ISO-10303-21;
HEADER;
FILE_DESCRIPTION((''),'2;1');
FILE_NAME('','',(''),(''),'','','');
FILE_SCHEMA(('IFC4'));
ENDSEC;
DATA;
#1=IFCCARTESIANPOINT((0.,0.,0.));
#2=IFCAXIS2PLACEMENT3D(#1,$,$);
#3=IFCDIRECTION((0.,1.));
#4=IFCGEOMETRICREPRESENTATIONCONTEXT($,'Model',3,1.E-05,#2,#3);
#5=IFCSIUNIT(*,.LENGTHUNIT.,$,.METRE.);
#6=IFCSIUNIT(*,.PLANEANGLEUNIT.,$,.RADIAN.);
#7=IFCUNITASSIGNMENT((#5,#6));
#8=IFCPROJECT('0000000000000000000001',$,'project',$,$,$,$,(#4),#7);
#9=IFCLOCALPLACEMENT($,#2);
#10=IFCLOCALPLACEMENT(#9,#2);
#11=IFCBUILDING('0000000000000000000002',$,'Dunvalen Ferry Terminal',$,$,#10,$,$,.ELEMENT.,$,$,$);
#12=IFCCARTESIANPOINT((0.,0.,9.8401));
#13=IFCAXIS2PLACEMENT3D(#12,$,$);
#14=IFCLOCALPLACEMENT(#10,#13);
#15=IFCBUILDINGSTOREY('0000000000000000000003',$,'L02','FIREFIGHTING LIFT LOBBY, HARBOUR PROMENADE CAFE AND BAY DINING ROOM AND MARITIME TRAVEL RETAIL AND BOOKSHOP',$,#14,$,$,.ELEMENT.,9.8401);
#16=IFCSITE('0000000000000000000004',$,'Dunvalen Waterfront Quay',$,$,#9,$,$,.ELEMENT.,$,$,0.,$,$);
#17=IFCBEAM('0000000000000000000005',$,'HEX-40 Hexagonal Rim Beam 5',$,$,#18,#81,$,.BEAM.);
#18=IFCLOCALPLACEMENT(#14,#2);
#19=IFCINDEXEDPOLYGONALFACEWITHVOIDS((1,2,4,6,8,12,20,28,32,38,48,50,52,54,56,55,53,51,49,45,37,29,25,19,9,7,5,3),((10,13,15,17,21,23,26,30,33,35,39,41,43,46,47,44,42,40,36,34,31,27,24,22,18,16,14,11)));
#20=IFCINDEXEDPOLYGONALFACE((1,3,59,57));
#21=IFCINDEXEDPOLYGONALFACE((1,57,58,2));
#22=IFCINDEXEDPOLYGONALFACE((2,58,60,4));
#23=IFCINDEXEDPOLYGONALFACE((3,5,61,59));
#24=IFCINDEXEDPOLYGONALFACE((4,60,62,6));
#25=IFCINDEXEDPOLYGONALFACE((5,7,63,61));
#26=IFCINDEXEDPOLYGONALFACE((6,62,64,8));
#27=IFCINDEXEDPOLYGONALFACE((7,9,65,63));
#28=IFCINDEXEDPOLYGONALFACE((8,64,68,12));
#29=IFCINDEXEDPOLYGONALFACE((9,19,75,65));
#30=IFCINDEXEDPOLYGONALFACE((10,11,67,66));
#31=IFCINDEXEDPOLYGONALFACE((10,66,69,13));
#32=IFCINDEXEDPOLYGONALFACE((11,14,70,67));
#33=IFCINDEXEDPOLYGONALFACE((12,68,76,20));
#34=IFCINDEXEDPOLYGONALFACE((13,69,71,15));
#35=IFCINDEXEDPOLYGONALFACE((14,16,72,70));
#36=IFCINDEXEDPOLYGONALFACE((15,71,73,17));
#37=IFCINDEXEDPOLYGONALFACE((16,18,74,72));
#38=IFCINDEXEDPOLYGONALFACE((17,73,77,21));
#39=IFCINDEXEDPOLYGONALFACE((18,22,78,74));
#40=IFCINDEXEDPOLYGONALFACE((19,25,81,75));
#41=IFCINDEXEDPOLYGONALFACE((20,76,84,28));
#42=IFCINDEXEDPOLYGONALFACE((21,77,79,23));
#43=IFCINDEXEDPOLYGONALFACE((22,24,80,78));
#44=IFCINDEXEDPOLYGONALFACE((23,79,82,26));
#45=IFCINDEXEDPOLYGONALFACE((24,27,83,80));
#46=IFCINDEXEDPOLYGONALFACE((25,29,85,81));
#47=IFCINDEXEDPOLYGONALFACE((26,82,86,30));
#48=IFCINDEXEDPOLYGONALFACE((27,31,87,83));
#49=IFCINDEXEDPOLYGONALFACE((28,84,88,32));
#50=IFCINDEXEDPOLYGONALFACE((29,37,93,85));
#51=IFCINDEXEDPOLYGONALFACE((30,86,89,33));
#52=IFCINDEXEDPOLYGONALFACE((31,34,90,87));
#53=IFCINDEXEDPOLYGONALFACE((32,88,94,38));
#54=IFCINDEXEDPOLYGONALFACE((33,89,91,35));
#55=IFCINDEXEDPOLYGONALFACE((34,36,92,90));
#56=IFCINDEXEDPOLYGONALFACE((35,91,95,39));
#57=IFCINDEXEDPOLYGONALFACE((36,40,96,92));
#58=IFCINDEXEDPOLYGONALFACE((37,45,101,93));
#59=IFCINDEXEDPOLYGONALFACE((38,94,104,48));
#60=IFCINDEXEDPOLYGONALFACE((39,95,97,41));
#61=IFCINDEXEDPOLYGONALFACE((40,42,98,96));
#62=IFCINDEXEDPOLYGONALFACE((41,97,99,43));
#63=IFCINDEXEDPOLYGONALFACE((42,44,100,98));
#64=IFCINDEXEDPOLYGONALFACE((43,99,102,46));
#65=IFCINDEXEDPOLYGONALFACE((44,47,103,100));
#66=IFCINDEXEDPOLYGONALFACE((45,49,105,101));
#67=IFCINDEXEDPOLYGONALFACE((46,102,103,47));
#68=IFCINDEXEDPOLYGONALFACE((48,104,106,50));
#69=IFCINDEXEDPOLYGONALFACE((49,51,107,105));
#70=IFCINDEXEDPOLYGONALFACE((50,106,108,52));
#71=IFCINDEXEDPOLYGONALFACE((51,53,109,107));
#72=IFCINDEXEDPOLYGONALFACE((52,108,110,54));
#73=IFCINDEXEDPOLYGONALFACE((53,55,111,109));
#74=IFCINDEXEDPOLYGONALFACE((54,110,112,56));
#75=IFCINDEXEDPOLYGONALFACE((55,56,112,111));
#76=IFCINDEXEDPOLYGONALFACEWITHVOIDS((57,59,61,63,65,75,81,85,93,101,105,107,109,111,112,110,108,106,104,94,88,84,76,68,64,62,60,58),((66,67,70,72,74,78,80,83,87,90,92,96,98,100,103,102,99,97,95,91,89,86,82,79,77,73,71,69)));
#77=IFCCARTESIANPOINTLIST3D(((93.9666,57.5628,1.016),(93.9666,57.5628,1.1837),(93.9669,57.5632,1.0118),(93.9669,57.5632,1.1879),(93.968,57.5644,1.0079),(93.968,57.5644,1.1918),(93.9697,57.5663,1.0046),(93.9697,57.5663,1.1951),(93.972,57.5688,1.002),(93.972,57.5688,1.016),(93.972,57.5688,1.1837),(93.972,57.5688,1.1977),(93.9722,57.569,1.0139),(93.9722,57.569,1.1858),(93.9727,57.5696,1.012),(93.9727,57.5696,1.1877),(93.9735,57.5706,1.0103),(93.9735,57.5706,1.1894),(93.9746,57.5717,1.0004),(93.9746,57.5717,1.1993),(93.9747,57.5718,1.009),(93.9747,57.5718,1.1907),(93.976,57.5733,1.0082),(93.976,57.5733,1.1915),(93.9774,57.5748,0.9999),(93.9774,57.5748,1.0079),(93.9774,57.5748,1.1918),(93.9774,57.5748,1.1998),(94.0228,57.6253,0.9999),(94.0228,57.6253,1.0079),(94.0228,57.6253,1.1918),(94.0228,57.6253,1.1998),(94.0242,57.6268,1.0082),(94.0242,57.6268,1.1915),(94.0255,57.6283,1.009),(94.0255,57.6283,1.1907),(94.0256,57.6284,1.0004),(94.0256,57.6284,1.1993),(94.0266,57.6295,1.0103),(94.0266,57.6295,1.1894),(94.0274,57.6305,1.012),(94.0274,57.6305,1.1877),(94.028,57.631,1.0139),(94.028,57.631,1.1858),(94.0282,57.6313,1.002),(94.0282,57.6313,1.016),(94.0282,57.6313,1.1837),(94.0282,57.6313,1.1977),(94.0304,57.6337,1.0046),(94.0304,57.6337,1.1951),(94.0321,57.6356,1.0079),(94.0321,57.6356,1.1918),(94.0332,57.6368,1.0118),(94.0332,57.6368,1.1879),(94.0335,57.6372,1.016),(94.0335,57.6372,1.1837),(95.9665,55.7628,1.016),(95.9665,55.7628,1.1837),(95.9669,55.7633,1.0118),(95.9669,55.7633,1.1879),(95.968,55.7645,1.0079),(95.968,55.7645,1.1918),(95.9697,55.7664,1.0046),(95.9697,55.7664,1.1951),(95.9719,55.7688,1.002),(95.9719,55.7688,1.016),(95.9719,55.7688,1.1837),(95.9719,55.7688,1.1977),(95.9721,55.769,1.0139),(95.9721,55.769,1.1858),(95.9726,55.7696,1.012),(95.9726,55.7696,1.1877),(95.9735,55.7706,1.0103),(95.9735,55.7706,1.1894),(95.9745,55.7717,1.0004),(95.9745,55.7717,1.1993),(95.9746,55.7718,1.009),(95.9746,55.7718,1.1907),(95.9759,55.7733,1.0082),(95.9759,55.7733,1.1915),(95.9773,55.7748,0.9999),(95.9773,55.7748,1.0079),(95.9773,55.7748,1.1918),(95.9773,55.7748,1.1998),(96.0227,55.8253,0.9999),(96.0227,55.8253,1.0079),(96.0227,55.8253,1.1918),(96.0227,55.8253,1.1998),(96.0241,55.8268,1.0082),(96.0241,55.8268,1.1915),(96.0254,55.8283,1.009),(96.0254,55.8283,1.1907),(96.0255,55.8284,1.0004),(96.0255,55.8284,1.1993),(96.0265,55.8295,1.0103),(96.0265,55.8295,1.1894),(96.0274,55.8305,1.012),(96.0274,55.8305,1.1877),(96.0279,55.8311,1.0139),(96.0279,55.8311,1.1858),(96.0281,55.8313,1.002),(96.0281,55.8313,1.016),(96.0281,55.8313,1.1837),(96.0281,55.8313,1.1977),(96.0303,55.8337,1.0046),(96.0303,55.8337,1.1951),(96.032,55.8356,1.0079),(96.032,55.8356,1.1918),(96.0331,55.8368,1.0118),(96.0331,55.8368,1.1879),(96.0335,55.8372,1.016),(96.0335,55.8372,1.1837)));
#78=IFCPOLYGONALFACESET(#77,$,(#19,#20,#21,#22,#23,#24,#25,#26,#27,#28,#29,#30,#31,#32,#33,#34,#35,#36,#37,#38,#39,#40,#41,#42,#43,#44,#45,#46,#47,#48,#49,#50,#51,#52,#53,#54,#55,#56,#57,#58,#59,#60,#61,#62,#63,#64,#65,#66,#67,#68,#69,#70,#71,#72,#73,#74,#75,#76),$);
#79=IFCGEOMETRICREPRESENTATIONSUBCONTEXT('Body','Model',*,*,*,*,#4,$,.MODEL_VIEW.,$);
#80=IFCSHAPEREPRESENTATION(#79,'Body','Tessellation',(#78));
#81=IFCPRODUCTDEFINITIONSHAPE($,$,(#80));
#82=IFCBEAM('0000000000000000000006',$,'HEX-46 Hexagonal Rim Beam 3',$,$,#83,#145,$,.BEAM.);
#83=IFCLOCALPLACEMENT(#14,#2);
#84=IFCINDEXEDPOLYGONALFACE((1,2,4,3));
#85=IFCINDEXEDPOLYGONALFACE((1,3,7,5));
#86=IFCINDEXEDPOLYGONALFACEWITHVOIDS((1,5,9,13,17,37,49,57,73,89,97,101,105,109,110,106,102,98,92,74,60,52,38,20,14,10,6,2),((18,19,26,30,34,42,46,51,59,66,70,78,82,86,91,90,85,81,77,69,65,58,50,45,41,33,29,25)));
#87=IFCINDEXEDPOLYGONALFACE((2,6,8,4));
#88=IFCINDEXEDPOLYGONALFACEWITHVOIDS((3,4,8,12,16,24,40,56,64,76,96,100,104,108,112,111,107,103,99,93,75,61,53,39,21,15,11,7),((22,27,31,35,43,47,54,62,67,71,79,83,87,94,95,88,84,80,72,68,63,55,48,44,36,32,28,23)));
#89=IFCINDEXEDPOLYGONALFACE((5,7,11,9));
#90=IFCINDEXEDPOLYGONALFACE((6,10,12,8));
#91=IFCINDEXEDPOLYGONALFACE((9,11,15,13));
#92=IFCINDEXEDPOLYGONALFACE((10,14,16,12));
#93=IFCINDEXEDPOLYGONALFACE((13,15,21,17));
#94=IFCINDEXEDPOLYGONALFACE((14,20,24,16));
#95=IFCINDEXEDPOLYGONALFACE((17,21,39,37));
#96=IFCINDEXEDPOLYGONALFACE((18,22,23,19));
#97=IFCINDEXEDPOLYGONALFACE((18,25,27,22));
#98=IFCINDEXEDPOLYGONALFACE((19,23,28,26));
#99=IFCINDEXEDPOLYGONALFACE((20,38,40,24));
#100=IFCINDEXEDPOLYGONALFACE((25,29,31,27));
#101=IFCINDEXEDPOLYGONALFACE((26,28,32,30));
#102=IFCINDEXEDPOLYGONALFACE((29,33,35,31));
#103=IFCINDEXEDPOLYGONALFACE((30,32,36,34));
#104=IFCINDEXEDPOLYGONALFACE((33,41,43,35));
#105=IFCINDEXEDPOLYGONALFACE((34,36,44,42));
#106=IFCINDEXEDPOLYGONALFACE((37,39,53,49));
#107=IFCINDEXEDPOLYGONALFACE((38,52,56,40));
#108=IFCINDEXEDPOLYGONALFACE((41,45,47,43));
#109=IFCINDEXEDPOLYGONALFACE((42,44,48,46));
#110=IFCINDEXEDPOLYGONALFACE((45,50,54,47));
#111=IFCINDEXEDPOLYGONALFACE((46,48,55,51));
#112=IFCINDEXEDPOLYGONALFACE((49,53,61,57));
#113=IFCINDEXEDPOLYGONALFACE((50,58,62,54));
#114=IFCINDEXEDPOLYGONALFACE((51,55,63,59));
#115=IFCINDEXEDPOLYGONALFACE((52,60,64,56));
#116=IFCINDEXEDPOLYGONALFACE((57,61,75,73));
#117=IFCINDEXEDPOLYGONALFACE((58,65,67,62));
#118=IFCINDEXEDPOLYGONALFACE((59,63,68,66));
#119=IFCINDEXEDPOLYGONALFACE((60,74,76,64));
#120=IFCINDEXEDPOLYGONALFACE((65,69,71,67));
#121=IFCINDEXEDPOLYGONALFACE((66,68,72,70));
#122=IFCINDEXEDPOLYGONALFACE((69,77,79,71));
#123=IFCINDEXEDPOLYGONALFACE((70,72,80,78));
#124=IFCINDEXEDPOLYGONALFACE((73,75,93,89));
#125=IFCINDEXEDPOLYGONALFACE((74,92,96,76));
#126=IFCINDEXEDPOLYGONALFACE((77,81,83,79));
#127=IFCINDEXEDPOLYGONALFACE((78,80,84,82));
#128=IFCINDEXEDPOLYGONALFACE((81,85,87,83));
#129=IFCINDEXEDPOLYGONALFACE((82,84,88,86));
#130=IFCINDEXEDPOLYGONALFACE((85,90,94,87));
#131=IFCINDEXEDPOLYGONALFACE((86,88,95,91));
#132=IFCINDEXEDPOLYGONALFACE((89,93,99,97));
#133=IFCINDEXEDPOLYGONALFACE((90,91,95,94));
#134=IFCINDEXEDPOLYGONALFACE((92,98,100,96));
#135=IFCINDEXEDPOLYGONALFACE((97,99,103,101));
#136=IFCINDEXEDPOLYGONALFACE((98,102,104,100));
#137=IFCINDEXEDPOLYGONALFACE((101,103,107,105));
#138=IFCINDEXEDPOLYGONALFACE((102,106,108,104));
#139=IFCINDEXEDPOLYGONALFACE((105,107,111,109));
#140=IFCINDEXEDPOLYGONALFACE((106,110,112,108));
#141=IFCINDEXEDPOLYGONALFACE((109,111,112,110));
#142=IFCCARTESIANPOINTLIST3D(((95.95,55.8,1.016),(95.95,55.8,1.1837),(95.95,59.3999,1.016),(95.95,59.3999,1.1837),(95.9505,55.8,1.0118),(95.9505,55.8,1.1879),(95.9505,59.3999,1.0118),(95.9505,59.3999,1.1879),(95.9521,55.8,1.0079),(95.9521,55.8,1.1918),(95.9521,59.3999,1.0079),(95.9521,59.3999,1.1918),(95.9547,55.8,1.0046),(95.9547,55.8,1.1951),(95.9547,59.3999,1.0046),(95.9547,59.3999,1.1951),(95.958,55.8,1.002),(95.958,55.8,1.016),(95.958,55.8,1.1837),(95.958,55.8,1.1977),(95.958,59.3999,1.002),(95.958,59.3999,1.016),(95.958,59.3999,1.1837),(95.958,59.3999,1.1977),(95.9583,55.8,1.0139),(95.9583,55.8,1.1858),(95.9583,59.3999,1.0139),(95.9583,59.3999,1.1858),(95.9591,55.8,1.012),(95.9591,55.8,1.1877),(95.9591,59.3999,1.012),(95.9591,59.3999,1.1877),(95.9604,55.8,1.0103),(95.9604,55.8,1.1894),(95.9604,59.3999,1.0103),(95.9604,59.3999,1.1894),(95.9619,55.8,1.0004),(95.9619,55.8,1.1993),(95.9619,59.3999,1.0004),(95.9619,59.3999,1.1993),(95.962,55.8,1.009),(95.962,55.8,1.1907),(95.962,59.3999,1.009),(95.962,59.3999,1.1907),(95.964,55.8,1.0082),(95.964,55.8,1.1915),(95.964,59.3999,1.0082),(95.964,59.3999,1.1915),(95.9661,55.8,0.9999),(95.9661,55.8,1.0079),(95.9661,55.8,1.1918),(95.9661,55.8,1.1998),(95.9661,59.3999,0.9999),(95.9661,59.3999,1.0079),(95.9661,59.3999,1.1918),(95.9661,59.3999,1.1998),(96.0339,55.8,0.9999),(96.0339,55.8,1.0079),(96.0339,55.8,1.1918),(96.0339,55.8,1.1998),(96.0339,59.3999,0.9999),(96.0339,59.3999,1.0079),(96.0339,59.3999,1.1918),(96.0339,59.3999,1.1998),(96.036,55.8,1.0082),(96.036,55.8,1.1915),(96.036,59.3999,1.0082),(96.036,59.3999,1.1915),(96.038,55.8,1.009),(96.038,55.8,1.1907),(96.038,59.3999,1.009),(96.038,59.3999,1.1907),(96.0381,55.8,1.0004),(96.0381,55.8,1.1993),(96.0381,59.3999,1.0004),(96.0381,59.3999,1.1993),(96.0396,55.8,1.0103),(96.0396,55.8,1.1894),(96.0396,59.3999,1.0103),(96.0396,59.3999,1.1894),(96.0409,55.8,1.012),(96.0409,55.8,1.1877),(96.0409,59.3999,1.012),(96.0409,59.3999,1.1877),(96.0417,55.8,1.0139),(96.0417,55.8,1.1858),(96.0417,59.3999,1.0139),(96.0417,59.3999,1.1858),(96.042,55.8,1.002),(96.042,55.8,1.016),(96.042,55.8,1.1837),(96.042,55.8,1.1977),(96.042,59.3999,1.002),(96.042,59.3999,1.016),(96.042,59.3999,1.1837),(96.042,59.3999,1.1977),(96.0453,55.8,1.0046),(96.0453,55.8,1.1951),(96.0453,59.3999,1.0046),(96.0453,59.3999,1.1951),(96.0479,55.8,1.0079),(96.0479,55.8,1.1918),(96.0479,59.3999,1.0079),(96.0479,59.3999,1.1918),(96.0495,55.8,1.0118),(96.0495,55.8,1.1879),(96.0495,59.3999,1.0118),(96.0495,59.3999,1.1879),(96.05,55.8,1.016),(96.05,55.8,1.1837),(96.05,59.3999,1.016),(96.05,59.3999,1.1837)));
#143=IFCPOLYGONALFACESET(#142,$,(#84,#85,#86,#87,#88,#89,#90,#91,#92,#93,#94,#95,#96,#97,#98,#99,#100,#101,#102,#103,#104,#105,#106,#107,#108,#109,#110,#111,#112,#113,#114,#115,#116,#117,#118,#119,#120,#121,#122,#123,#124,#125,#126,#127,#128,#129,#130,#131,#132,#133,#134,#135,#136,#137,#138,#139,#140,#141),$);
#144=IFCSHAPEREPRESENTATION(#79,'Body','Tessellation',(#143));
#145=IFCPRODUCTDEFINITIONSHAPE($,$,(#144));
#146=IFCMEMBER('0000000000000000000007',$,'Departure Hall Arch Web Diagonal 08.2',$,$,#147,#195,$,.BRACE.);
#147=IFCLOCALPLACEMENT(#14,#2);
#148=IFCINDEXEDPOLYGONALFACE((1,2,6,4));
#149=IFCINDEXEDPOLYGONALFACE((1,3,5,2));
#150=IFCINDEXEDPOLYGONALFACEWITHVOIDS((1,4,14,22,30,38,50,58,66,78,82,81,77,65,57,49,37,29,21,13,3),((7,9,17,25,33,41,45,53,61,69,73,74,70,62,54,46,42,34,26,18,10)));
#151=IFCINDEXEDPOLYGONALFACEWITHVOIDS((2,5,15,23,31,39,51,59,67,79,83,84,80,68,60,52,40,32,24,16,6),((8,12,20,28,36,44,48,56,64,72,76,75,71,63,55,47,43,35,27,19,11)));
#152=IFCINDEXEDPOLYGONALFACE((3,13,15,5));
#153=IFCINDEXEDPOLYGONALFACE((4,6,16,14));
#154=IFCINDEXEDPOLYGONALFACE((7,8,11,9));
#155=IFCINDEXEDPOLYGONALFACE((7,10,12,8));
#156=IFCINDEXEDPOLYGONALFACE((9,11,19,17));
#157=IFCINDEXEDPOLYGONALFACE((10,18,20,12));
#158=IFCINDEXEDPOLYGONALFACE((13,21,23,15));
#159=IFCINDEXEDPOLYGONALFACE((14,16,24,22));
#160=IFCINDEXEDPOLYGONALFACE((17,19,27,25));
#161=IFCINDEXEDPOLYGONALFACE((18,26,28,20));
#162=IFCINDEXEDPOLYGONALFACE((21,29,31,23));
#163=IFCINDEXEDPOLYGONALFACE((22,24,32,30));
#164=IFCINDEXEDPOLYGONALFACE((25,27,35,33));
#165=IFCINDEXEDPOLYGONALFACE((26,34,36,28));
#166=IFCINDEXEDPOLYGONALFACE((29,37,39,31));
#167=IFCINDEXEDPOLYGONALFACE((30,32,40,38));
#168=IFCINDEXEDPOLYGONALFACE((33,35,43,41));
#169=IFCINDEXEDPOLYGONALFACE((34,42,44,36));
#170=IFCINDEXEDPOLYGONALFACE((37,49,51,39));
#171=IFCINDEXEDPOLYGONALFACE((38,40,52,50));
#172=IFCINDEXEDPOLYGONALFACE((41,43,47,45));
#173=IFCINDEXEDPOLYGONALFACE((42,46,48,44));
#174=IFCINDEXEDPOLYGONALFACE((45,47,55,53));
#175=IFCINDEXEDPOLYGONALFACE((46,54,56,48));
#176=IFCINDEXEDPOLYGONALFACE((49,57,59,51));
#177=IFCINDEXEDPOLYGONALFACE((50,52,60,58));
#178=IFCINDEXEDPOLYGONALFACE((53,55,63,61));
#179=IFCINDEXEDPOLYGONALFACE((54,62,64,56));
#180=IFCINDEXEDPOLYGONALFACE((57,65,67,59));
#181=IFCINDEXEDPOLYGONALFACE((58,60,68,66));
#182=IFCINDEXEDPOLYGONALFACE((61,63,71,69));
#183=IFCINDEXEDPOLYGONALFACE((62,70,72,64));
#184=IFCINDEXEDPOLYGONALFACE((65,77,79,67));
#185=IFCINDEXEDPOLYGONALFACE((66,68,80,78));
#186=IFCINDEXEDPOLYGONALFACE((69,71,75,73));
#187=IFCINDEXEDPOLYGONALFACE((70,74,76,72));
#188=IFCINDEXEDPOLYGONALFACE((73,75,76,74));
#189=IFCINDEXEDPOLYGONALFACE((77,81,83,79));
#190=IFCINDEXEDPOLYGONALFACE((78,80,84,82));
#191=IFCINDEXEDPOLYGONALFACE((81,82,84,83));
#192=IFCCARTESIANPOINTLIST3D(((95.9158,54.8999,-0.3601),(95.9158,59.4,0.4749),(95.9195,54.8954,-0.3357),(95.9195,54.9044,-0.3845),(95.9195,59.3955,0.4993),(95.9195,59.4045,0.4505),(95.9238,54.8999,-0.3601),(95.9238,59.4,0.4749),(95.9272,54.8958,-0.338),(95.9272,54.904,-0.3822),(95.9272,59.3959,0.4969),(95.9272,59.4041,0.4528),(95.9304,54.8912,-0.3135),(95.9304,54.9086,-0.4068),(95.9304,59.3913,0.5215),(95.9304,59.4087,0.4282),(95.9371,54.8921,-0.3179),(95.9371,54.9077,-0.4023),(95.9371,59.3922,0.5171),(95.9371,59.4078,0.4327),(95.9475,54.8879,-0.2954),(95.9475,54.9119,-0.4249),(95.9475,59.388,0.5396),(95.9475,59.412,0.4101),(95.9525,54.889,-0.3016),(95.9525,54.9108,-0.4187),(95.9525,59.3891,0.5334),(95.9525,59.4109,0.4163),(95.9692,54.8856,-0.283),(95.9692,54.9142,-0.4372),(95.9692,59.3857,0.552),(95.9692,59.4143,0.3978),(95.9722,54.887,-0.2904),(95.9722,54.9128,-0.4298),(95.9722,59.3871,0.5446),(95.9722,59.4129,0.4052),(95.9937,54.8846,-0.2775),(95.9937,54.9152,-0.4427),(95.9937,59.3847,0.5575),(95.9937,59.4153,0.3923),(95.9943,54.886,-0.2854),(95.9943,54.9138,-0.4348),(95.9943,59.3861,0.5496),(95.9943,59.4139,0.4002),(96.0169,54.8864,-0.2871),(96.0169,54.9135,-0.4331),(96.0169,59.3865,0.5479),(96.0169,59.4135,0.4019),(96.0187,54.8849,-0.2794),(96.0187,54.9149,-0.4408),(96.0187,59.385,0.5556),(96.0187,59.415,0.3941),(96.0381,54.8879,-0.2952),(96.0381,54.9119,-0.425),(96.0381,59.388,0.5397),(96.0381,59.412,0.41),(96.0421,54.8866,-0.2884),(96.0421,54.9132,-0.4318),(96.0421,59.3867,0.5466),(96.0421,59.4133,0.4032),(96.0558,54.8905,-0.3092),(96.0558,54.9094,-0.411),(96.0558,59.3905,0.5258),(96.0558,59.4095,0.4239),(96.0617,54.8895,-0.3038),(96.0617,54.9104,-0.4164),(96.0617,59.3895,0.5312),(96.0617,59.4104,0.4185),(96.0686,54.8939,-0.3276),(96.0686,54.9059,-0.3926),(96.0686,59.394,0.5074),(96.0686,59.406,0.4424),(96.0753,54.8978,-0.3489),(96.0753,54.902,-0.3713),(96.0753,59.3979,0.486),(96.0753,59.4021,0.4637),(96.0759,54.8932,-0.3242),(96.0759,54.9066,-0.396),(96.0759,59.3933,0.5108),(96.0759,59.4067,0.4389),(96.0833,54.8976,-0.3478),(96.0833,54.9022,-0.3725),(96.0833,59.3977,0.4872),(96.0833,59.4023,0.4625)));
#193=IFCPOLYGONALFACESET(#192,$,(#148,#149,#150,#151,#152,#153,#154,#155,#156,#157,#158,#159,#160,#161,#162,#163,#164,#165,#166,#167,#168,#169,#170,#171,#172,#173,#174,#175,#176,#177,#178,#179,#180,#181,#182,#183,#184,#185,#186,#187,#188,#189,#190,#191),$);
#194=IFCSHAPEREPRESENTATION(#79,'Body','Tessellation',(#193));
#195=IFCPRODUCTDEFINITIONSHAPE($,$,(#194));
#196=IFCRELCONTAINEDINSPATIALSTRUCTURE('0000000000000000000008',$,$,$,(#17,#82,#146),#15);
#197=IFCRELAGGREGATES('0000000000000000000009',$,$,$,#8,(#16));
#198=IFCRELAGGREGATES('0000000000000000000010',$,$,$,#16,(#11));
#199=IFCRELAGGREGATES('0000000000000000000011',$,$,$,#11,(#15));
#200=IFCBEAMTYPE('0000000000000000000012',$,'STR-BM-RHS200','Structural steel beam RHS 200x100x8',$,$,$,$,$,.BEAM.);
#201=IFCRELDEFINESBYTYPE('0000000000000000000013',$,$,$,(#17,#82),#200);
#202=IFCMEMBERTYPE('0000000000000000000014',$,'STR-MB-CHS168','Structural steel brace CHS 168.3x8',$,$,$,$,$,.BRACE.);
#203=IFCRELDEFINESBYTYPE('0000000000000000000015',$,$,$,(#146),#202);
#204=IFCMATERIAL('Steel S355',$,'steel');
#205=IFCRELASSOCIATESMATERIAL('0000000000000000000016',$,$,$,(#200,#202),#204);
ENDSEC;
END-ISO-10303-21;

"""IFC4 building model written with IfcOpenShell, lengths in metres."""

from ifc_helpers import new_model, si_unit, direction, frame, origin, origin_2d, place, context, subcontext, project, spatial, hollow_rectangle, hollow_circle, extrude, material, material_profile, profile_set, type_object, element, save


model = new_model("IFC4")

# Units and contexts
model_context = context("Model", 3, precision=1e-05, world=origin(), true_north=direction((0.0, 1.0)))
body_context = subcontext(model_context, "Body", "Model", "MODEL_VIEW")
ifc_project = project(units=[si_unit("LENGTHUNIT", "METRE"), si_unit("PLANEANGLEUNIT", "RADIAN")], contexts=[model_context])

# Site, building, storey
site_placement = place(None, origin())
site = spatial("IfcSite", under=ifc_project, at=site_placement, Name="Dunvalen Waterfront Quay", CompositionType="ELEMENT", RefElevation=0.0)
building_placement = place(site_placement, origin())
building = spatial("IfcBuilding", under=site, at=building_placement, Name="Dunvalen Ferry Terminal", CompositionType="ELEMENT")
storey_placement = place(building_placement, frame((0.0, 0.0, 9.8401)))
storey = spatial("IfcBuildingStorey", under=building, at=storey_placement, Name="L02", Description="FIREFIGHTING LIFT LOBBY, HARBOUR PROMENADE CAFE AND BAY DINING ROOM AND MARITIME TRAVEL RETAIL AND BOOKSHOP", CompositionType="ELEMENT", Elevation=9.8401)

# Beams
ifc_material_1 = material(Name="Steel S355", Category="steel")
ifc_material_profile_1 = material_profile(ifc_material_1, hollow_rectangle(XDim=0.1001, YDim=0.2, WallThickness=0.0081, InnerFilletRadius=0.0081, OuterFilletRadius=0.0161, at=origin_2d()), Name="Steel S355")
ifc_profile_set_1 = profile_set([ifc_material_profile_1], Name="Steel S355")
beam_type_1 = type_object("IfcBeamType", Name="STR-BM-RHS200", Description="Structural steel beam RHS 200x100x8", PredefinedType="BEAM", material=ifc_profile_set_1)
beam_1_placement = place(storey_placement, frame((96.0, 55.8, 1.0999), z_axis=(-0.743285, 0.668975, 0.0), x_axis=(-0.668975, -0.743285, 0.0)))
element("IfcBeam", 1, at=beam_1_placement, inside=storey, type_object=beam_type_1, Name="HEX-40 Hexagonal Rim Beam 5", PredefinedType="BEAM", context=body_context, shape_type="SweptSolid", body=[
    extrude(hollow_rectangle(XDim=0.1001, YDim=0.2, WallThickness=0.0081, InnerFilletRadius=0.0081, OuterFilletRadius=0.0161, at=origin_2d()), origin(), (0.0, 0.0, 1.0), 2.6907),
])
beam_2_placement = place(storey_placement, frame((96.0, 55.8, 1.0999), z_axis=(0.0, 1.0, 0.0), x_axis=(-1.0, 0.0, 0.0)))
element("IfcBeam", 2, at=beam_2_placement, inside=storey, type_object=beam_type_1, Name="HEX-46 Hexagonal Rim Beam 3", PredefinedType="BEAM", context=body_context, shape_type="SweptSolid", body=[
    extrude(hollow_rectangle(XDim=0.1001, YDim=0.2, WallThickness=0.0081, InnerFilletRadius=0.0081, OuterFilletRadius=0.0161, at=origin_2d()), origin(), (0.0, 0.0, 1.0), 3.5999),
])

# Member
ifc_material_profile_2 = material_profile(ifc_material_1, hollow_circle(Radius=0.0842, WallThickness=0.0081, at=origin_2d()), Name="Steel S355")
ifc_profile_set_2 = profile_set([ifc_material_profile_2], Name="Steel S355")
member_type_1 = type_object("IfcMemberType", Name="STR-MB-CHS168", Description="Structural steel brace CHS 168.3x8", PredefinedType="BRACE", material=ifc_profile_set_2)
member_1_placement = place(storey_placement, frame((96.0, 54.8999, -0.3601), z_axis=(0.0, 0.983218, 0.182433), x_axis=(-1.0, 0.0, 0.0)))
element("IfcMember", 3, at=member_1_placement, inside=storey, type_object=member_type_1, Name="Departure Hall Arch Web Diagonal 08.2", PredefinedType="BRACE", context=body_context, shape_type="SweptSolid", body=[
    extrude(hollow_circle(Radius=0.0842, WallThickness=0.0081, at=origin_2d()), origin(), (0.0, 0.0, 1.0), 4.5769),
])

save(model, "model.ifc")
